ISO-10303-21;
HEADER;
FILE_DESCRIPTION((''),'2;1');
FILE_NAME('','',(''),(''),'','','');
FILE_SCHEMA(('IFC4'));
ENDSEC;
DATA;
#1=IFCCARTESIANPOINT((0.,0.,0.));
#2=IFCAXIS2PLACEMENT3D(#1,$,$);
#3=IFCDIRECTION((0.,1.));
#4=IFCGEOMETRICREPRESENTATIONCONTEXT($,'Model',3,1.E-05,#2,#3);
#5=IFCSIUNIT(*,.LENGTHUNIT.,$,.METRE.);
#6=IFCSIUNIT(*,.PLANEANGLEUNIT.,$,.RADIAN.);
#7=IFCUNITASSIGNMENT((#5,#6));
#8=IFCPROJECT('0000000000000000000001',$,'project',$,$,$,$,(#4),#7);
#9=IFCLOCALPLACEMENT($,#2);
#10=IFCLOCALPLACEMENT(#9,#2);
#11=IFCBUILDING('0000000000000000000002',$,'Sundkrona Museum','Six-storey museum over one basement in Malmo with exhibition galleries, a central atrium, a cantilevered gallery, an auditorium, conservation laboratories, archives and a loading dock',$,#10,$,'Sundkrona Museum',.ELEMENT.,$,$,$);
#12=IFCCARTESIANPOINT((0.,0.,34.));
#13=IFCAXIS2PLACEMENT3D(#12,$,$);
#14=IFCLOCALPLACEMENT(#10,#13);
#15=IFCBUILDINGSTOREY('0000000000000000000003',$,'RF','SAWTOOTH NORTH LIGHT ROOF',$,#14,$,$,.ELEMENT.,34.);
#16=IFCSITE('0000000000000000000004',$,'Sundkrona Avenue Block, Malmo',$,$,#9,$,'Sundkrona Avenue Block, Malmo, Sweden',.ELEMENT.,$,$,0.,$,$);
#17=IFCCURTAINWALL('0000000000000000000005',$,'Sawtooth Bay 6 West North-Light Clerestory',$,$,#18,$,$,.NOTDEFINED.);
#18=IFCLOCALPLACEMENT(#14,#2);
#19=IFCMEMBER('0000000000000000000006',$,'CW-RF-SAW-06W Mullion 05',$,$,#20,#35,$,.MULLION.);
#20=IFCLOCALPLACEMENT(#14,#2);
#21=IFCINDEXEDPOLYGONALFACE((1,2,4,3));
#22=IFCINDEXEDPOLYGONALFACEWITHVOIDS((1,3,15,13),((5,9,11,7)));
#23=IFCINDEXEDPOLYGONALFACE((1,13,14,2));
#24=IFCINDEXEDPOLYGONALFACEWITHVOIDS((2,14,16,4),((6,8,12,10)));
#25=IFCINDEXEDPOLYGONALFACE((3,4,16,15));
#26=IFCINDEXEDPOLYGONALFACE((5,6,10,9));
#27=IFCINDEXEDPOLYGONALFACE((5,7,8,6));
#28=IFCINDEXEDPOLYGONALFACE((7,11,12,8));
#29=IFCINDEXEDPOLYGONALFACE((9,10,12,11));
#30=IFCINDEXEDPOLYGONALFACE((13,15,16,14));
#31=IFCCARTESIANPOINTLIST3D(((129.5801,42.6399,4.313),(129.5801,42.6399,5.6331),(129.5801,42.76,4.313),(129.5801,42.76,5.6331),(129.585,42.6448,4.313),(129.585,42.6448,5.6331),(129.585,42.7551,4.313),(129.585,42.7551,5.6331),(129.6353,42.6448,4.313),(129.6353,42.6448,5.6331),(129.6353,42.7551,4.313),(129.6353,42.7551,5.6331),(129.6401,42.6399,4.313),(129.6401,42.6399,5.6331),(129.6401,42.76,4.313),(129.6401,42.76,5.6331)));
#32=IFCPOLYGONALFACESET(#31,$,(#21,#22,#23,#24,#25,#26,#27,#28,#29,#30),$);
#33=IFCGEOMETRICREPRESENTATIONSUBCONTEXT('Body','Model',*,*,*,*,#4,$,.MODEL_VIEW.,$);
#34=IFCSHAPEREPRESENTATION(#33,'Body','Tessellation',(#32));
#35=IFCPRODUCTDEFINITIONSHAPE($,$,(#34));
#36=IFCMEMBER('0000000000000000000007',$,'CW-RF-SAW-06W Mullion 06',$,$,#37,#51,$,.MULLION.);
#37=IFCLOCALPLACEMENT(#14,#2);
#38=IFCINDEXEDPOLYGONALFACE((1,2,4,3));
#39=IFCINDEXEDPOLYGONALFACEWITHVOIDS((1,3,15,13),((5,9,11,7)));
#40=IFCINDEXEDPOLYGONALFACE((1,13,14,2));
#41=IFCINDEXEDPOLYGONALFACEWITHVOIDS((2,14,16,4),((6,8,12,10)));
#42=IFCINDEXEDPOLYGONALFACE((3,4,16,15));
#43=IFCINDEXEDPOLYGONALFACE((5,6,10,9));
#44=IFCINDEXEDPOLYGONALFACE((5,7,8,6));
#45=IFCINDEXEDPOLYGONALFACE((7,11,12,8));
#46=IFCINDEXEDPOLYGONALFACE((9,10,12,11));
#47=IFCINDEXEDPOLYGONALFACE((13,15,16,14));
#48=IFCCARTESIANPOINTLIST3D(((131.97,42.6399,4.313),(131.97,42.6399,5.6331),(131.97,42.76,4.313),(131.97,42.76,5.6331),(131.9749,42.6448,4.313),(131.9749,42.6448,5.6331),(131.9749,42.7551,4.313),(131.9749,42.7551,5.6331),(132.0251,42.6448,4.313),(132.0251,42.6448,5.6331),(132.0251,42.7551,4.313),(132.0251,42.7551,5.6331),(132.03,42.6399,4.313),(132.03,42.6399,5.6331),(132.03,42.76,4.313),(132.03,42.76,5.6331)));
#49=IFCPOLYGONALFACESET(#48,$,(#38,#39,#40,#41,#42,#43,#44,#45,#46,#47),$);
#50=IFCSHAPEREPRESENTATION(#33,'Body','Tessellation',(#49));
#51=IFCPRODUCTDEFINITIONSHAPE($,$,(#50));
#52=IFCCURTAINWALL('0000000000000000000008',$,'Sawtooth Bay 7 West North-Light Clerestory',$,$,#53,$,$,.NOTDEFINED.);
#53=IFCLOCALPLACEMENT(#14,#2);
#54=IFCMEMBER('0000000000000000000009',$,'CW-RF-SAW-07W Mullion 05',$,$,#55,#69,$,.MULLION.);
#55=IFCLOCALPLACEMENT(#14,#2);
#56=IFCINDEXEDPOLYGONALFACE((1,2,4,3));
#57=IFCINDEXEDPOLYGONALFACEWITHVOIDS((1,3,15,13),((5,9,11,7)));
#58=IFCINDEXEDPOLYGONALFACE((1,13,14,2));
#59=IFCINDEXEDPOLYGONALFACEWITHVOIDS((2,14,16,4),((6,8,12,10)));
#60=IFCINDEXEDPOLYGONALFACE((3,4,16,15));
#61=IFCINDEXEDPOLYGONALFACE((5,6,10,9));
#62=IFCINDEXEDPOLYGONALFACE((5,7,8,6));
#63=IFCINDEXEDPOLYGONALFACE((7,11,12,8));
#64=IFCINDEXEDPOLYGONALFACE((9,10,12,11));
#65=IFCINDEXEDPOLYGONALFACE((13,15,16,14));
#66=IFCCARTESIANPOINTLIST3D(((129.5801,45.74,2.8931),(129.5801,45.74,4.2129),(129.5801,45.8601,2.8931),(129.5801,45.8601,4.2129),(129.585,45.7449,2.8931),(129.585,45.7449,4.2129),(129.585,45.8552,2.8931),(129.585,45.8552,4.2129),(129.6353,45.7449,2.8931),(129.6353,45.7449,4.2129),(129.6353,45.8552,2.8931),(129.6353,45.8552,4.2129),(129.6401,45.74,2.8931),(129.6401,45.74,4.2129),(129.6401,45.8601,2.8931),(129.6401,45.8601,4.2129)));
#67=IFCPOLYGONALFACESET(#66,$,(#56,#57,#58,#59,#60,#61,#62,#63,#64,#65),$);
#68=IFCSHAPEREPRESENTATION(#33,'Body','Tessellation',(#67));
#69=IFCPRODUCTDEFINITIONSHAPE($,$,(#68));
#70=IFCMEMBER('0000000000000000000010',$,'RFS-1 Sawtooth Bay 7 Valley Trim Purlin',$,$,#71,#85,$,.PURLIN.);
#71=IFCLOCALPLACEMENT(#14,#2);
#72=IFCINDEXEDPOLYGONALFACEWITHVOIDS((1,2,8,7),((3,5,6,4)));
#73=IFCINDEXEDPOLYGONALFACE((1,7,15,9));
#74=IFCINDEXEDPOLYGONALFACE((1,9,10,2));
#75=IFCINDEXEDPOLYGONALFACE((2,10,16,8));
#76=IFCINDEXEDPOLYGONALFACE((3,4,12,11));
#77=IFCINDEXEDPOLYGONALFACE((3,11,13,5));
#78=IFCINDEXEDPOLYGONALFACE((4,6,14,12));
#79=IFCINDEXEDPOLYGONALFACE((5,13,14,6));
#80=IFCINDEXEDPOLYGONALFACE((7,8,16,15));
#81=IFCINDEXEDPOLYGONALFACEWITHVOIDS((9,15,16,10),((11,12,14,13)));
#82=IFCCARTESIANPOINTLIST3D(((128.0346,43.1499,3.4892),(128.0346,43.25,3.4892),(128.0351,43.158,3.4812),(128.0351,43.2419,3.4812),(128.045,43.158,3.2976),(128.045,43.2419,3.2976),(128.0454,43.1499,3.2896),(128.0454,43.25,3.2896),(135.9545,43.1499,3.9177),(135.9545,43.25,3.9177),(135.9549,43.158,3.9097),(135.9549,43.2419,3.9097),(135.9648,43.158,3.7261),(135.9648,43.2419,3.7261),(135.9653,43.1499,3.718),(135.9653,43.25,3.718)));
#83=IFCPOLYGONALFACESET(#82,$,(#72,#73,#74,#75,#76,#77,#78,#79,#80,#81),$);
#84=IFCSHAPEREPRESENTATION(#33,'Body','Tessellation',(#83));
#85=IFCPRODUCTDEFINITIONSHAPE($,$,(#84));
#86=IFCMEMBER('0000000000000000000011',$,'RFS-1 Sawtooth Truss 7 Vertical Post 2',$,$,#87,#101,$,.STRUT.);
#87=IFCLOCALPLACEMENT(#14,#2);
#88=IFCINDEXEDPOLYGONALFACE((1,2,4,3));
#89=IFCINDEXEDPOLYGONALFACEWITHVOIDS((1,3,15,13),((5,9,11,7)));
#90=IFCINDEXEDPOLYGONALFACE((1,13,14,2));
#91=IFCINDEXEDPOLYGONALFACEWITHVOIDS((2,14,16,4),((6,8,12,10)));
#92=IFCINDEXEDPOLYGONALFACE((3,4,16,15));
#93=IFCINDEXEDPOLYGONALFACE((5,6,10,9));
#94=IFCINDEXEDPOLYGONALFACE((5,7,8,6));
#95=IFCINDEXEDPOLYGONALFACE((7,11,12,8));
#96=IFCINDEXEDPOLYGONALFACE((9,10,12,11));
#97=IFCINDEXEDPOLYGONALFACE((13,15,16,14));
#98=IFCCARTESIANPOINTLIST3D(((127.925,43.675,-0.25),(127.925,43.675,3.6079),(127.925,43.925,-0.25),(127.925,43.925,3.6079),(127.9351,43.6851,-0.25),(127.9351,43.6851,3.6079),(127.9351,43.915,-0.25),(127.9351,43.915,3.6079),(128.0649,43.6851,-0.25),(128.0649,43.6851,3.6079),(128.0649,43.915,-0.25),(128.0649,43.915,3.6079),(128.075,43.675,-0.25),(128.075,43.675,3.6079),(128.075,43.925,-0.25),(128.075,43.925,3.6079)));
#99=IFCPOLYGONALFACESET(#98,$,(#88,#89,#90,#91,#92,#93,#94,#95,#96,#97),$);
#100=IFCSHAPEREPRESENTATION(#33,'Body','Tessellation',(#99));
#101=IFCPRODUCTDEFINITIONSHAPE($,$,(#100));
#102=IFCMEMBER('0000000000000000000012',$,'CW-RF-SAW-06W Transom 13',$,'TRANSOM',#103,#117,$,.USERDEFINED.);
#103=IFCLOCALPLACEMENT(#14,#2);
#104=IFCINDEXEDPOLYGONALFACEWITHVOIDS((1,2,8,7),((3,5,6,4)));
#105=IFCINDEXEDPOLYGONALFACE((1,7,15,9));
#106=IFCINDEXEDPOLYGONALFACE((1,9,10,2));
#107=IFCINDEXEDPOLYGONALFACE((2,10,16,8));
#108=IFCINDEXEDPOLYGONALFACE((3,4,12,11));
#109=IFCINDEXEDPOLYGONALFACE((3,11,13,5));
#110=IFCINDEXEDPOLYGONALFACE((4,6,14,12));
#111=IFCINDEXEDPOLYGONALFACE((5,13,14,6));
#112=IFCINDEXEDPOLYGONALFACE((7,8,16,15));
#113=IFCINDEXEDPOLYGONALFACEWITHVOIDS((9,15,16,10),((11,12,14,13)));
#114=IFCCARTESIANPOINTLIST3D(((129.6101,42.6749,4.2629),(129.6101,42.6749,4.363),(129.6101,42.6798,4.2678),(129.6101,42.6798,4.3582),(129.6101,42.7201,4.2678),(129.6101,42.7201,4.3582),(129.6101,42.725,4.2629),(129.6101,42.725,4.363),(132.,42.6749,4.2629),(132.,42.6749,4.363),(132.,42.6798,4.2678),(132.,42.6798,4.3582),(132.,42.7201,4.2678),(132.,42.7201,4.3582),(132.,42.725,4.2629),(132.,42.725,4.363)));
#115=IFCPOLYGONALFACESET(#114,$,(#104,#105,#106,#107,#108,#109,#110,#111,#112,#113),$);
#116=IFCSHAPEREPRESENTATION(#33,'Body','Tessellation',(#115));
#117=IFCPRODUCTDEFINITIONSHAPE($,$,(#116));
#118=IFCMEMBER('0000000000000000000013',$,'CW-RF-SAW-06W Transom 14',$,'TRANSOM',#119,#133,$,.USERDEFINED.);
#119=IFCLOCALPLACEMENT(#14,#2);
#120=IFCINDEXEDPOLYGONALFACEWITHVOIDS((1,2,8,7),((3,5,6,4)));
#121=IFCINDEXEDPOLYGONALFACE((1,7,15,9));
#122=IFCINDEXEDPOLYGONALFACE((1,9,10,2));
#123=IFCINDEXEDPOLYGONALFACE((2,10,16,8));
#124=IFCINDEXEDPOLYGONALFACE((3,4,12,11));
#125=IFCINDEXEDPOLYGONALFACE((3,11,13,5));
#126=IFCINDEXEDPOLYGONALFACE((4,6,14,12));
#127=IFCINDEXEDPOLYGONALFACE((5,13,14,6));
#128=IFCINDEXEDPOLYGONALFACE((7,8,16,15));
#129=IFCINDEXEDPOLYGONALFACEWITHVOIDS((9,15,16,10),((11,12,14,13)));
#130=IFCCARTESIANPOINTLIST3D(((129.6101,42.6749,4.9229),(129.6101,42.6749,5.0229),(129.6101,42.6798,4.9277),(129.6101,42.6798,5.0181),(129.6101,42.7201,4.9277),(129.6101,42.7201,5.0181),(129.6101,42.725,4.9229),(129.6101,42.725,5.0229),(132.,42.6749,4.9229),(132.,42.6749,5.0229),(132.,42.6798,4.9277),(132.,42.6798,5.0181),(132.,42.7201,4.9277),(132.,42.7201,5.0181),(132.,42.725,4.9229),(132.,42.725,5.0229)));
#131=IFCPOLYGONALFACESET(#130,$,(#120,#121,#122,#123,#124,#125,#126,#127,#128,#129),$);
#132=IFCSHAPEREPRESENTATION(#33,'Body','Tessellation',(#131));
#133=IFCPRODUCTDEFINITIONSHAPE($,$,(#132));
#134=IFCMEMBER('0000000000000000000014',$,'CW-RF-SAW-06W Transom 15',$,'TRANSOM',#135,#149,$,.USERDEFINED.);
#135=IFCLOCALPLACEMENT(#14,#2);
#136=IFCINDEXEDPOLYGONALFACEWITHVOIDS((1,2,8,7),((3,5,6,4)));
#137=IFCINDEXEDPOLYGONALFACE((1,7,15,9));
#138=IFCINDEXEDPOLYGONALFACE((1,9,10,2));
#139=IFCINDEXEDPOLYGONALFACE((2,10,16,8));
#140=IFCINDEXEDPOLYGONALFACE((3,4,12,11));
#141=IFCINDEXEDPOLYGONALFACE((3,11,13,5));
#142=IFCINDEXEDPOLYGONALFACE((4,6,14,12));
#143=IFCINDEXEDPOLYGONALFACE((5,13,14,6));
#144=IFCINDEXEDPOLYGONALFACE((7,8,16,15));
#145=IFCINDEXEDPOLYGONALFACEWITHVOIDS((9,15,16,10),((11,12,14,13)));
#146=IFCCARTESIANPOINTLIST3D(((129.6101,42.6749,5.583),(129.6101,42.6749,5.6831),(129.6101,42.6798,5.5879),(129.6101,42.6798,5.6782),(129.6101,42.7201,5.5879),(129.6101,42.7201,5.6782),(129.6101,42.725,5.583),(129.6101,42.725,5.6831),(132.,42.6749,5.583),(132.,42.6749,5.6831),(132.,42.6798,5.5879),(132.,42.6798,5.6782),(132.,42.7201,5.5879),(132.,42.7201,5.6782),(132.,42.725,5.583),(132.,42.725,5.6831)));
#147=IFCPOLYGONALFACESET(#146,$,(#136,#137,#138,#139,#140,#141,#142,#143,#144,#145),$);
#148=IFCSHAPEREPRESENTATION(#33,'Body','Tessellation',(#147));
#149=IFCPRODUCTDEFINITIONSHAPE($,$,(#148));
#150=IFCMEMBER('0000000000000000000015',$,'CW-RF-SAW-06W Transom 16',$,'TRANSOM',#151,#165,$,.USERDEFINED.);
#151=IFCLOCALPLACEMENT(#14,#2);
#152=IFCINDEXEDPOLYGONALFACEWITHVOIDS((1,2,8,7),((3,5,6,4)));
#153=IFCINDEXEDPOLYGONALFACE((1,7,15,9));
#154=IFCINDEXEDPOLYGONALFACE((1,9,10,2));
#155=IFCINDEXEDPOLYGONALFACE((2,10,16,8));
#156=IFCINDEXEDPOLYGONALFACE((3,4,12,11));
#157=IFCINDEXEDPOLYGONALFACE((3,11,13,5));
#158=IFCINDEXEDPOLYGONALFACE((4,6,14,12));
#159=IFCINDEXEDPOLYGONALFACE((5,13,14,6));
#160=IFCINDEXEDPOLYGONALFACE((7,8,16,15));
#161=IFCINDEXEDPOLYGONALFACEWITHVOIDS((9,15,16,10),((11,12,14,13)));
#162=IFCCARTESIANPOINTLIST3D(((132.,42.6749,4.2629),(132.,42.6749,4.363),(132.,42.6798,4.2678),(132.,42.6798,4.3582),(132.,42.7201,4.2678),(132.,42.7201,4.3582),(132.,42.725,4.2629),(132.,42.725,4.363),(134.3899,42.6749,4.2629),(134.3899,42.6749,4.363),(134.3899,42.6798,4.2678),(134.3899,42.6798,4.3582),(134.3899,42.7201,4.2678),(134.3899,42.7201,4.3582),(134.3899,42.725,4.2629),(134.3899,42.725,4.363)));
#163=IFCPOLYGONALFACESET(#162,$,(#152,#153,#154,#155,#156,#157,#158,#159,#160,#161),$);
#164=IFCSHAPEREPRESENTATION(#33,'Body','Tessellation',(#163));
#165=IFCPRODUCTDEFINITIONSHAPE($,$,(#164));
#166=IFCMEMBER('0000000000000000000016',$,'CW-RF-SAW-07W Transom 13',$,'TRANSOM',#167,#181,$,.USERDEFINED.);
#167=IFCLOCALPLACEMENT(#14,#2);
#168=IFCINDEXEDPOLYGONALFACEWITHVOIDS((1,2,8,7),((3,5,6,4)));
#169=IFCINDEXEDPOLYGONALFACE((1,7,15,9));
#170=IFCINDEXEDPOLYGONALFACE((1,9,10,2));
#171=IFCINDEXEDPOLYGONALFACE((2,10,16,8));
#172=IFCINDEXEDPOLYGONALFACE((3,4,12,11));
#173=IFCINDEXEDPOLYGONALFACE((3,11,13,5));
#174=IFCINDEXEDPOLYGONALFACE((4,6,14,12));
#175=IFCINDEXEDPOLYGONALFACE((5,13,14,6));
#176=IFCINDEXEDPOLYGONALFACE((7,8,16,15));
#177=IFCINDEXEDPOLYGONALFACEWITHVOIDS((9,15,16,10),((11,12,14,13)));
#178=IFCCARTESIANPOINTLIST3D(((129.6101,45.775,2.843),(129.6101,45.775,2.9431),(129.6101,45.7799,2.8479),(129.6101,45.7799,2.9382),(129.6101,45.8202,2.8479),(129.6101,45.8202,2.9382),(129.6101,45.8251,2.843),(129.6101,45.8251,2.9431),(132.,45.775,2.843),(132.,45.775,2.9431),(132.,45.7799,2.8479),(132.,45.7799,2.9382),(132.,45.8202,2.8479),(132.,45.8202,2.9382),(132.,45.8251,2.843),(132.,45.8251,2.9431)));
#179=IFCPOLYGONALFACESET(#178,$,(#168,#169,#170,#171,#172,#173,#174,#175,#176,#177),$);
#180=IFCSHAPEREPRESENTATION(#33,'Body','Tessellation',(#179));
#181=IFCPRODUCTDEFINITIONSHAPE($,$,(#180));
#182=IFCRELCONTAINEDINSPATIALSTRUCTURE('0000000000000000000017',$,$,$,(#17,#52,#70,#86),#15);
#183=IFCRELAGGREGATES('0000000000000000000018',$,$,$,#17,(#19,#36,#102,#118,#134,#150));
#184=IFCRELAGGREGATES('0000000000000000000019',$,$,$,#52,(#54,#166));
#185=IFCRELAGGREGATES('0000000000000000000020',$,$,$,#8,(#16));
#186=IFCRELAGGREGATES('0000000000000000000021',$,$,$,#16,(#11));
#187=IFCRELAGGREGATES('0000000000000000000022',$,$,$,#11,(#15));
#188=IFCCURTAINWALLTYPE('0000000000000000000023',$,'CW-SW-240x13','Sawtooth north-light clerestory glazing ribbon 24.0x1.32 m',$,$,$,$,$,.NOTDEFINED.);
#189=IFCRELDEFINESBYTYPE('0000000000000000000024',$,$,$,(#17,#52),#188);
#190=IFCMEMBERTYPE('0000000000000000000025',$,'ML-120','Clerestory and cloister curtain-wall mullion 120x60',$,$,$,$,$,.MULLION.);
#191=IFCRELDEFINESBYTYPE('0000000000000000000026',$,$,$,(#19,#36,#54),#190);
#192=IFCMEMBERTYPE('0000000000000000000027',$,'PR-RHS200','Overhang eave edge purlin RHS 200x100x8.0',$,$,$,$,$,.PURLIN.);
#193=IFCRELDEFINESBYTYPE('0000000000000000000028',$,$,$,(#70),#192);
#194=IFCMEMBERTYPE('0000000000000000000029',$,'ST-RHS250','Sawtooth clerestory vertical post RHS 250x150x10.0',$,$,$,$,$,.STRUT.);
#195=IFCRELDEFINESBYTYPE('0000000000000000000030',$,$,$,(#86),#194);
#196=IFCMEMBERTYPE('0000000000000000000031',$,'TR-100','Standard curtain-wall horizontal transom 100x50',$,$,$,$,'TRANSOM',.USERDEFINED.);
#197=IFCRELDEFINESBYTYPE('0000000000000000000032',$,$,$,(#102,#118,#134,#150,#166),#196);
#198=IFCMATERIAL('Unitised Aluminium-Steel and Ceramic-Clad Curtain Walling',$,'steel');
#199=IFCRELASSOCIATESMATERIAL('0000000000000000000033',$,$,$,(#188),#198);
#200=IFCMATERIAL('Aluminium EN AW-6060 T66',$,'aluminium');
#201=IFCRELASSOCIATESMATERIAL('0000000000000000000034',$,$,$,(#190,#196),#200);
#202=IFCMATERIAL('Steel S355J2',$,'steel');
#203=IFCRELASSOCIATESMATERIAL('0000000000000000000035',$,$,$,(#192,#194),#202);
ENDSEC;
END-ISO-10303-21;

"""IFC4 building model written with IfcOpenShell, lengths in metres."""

from ifc_helpers import new_model, si_unit, direction, frame, origin, origin_2d, place, context, subcontext, project, spatial, hollow_rectangle, extrude, material, material_profile, profile_set, type_object, element, aggregate, save


model = new_model("IFC4")

# Units and contexts
model_context = context("Model", 3, precision=1e-05, world=origin(), true_north=direction((0.0, 1.0)))
body_context = subcontext(model_context, "Body", "Model", "MODEL_VIEW")
ifc_project = project(units=[si_unit("LENGTHUNIT", "METRE"), si_unit("PLANEANGLEUNIT", "RADIAN")], contexts=[model_context])

# Site, building, storey
site_placement = place(None, origin())
site = spatial("IfcSite", under=ifc_project, at=site_placement, Name="Sundkrona Avenue Block, Malmo", LongName="Sundkrona Avenue Block, Malmo, Sweden", CompositionType="ELEMENT", RefElevation=0.0)
building_placement = place(site_placement, origin())
building = spatial("IfcBuilding", under=site, at=building_placement, Name="Sundkrona Museum", Description="Six-storey museum over one basement in Malmo with exhibition galleries, a central atrium, a cantilevered gallery, an auditorium, conservation laboratories, archives and a loading dock", LongName="Sundkrona Museum", CompositionType="ELEMENT")
storey_placement = place(building_placement, frame((0.0, 0.0, 34.0)))
storey = spatial("IfcBuildingStorey", under=building, at=storey_placement, Name="RF", Description="SAWTOOTH NORTH LIGHT ROOF", CompositionType="ELEMENT", Elevation=34.0)

# Curtain wall, members
ifc_material_1 = material(Name="Unitised Aluminium-Steel and Ceramic-Clad Curtain Walling", Category="steel")
curtain_wall_type = type_object("IfcCurtainWallType", Name="CW-SW-240x13", Description="Sawtooth north-light clerestory glazing ribbon 24.0x1.32 m", PredefinedType="NOTDEFINED", material=ifc_material_1)
curtain_wall_1_placement = place(storey_placement, origin())
curtain_wall_1 = element("IfcCurtainWall", 1, at=curtain_wall_1_placement, inside=storey, type_object=curtain_wall_type, Name="Sawtooth Bay 6 West North-Light Clerestory", PredefinedType="NOTDEFINED")
ifc_material_2 = material(Name="Aluminium EN AW-6060 T66", Category="aluminium")
ifc_material_profile_1 = material_profile(ifc_material_2, hollow_rectangle(XDim=0.0601, YDim=0.1201, WallThickness=0.0049, at=origin_2d()), Name="RHS 120x60x5.0")
ifc_profile_set_1 = profile_set([ifc_material_profile_1], Name="Aluminium EN AW-6060 T66")
member_type_1 = type_object("IfcMemberType", Name="ML-120", Description="Clerestory and cloister curtain-wall mullion 120x60", PredefinedType="MULLION", material=ifc_profile_set_1)
member_1_placement = place(storey_placement, frame((129.6101, 42.7, 4.313), z_axis=(0.0, 0.0, 1.0), x_axis=(1.0, 0.0, 0.0)))
member_1 = element("IfcMember", 2, at=member_1_placement, type_object=member_type_1, Name="CW-RF-SAW-06W Mullion 05", PredefinedType="MULLION", context=body_context, shape_type="SweptSolid", body=[
    extrude(hollow_rectangle(XDim=0.0601, YDim=0.1201, WallThickness=0.0049, at=origin_2d()), origin(), (0.0, 0.0, 1.0), 1.3201),
])
member_2_placement = place(storey_placement, frame((132.0, 42.7, 4.313), z_axis=(0.0, 0.0, 1.0), x_axis=(1.0, 0.0, 0.0)))
member_2 = element("IfcMember", 3, at=member_2_placement, type_object=member_type_1, Name="CW-RF-SAW-06W Mullion 06", PredefinedType="MULLION", context=body_context, shape_type="SweptSolid", body=[
    extrude(hollow_rectangle(XDim=0.0601, YDim=0.1201, WallThickness=0.0049, at=origin_2d()), origin(), (0.0, 0.0, 1.0), 1.3201),
])

# Curtain wall, member
curtain_wall_2_placement = place(storey_placement, origin())
curtain_wall_2 = element("IfcCurtainWall", 4, at=curtain_wall_2_placement, inside=storey, type_object=curtain_wall_type, Name="Sawtooth Bay 7 West North-Light Clerestory", PredefinedType="NOTDEFINED")
member_3_placement = place(storey_placement, frame((129.6101, 45.8, 2.8931), z_axis=(0.0, 0.0, 1.0), x_axis=(1.0, 0.0, 0.0)))
member_3 = element("IfcMember", 5, at=member_3_placement, type_object=member_type_1, Name="CW-RF-SAW-07W Mullion 05", PredefinedType="MULLION", context=body_context, shape_type="SweptSolid", body=[
    extrude(hollow_rectangle(XDim=0.0601, YDim=0.1201, WallThickness=0.0049, at=origin_2d()), origin(), (0.0, 0.0, 1.0), 1.3198),
])

# Members
ifc_material_3 = material(Name="Steel S355J2", Category="steel")
ifc_material_profile_2 = material_profile(ifc_material_3, hollow_rectangle(XDim=0.1001, YDim=0.2, WallThickness=0.0081, at=origin_2d()), Name="RHS 200x100x8.0")
ifc_profile_set_2 = profile_set([ifc_material_profile_2], Name="Steel S355J2")
member_type_2 = type_object("IfcMemberType", Name="PR-RHS200", Description="Overhang eave edge purlin RHS 200x100x8.0", PredefinedType="PURLIN", material=ifc_profile_set_2)
member_4_placement = place(storey_placement, frame((128.04, 43.2, 3.3894), z_axis=(0.99854, 0.0, 0.054021), x_axis=(0.0, 1.0, 0.0)))
element("IfcMember", 6, at=member_4_placement, inside=storey, type_object=member_type_2, Name="RFS-1 Sawtooth Bay 7 Valley Trim Purlin", PredefinedType="PURLIN", context=body_context, shape_type="SweptSolid", body=[
    extrude(hollow_rectangle(XDim=0.1001, YDim=0.2, WallThickness=0.0081, at=origin_2d()), origin(), (0.0, 0.0, 1.0), 7.9314),
])
ifc_material_profile_3 = material_profile(ifc_material_3, hollow_rectangle(XDim=0.1499, YDim=0.25, WallThickness=0.01, at=origin_2d()), Name="RHS 250x150x10.0")
ifc_profile_set_3 = profile_set([ifc_material_profile_3], Name="Steel S355J2")
member_type_3 = type_object("IfcMemberType", Name="ST-RHS250", Description="Sawtooth clerestory vertical post RHS 250x150x10.0", PredefinedType="STRUT", material=ifc_profile_set_3)
member_5_placement = place(storey_placement, frame((128.0, 43.8, -0.25), z_axis=(0.0, 0.0, 1.0), x_axis=(1.0, 0.0, 0.0)))
element("IfcMember", 7, at=member_5_placement, inside=storey, type_object=member_type_3, Name="RFS-1 Sawtooth Truss 7 Vertical Post 2", PredefinedType="STRUT", context=body_context, shape_type="SweptSolid", body=[
    extrude(hollow_rectangle(XDim=0.1499, YDim=0.25, WallThickness=0.01, at=origin_2d()), origin(), (0.0, 0.0, 1.0), 3.8579),
])

# Members
ifc_material_profile_4 = material_profile(ifc_material_2, hollow_rectangle(XDim=0.05, YDim=0.1001, WallThickness=0.0049, at=origin_2d()), Name="RHS 100x50x5.0")
ifc_profile_set_4 = profile_set([ifc_material_profile_4], Name="Aluminium EN AW-6060 T66")
member_type_4 = type_object("IfcMemberType", Name="TR-100", Description="Standard curtain-wall horizontal transom 100x50", ElementType="TRANSOM", PredefinedType="USERDEFINED", material=ifc_profile_set_4)
member_6_placement = place(storey_placement, frame((129.6101, 42.7, 4.313), z_axis=(1.0, 0.0, 0.0), x_axis=(0.0, 1.0, 0.0)))
member_6 = element("IfcMember", 8, at=member_6_placement, type_object=member_type_4, Name="CW-RF-SAW-06W Transom 13", ObjectType="TRANSOM", PredefinedType="USERDEFINED", context=body_context, shape_type="SweptSolid", body=[
    extrude(hollow_rectangle(XDim=0.05, YDim=0.1001, WallThickness=0.0049, at=origin_2d()), origin(), (0.0, 0.0, 1.0), 2.3899),
])
member_7_placement = place(storey_placement, frame((129.6101, 42.7, 4.9729), z_axis=(1.0, 0.0, 0.0), x_axis=(0.0, 1.0, 0.0)))
member_7 = element("IfcMember", 9, at=member_7_placement, type_object=member_type_4, Name="CW-RF-SAW-06W Transom 14", ObjectType="TRANSOM", PredefinedType="USERDEFINED", context=body_context, shape_type="SweptSolid", body=[
    extrude(hollow_rectangle(XDim=0.05, YDim=0.1001, WallThickness=0.0049, at=origin_2d()), origin(), (0.0, 0.0, 1.0), 2.3899),
])
member_8_placement = place(storey_placement, frame((129.6101, 42.7, 5.6331), z_axis=(1.0, 0.0, 0.0), x_axis=(0.0, 1.0, 0.0)))
member_8 = element("IfcMember", 10, at=member_8_placement, type_object=member_type_4, Name="CW-RF-SAW-06W Transom 15", ObjectType="TRANSOM", PredefinedType="USERDEFINED", context=body_context, shape_type="SweptSolid", body=[
    extrude(hollow_rectangle(XDim=0.05, YDim=0.1001, WallThickness=0.0049, at=origin_2d()), origin(), (0.0, 0.0, 1.0), 2.3899),
])
member_9_placement = place(storey_placement, frame((132.0, 42.7, 4.313), z_axis=(1.0, 0.0, 0.0), x_axis=(0.0, 1.0, 0.0)))
member_9 = element("IfcMember", 11, at=member_9_placement, type_object=member_type_4, Name="CW-RF-SAW-06W Transom 16", ObjectType="TRANSOM", PredefinedType="USERDEFINED", context=body_context, shape_type="SweptSolid", body=[
    extrude(hollow_rectangle(XDim=0.05, YDim=0.1001, WallThickness=0.0049, at=origin_2d()), origin(), (0.0, 0.0, 1.0), 2.3899),
])
member_10_placement = place(storey_placement, frame((129.6101, 45.8, 2.8931), z_axis=(1.0, 0.0, 0.0), x_axis=(0.0, 1.0, 0.0)))
member_10 = element("IfcMember", 12, at=member_10_placement, type_object=member_type_4, Name="CW-RF-SAW-07W Transom 13", ObjectType="TRANSOM", PredefinedType="USERDEFINED", context=body_context, shape_type="SweptSolid", body=[
    extrude(hollow_rectangle(XDim=0.05, YDim=0.1001, WallThickness=0.0049, at=origin_2d()), origin(), (0.0, 0.0, 1.0), 2.3899),
])

aggregate(curtain_wall_1, [member_1, member_2, member_6, member_7, member_8, member_9])
aggregate(curtain_wall_2, [member_3, member_10])

save(model, "model.ifc")
